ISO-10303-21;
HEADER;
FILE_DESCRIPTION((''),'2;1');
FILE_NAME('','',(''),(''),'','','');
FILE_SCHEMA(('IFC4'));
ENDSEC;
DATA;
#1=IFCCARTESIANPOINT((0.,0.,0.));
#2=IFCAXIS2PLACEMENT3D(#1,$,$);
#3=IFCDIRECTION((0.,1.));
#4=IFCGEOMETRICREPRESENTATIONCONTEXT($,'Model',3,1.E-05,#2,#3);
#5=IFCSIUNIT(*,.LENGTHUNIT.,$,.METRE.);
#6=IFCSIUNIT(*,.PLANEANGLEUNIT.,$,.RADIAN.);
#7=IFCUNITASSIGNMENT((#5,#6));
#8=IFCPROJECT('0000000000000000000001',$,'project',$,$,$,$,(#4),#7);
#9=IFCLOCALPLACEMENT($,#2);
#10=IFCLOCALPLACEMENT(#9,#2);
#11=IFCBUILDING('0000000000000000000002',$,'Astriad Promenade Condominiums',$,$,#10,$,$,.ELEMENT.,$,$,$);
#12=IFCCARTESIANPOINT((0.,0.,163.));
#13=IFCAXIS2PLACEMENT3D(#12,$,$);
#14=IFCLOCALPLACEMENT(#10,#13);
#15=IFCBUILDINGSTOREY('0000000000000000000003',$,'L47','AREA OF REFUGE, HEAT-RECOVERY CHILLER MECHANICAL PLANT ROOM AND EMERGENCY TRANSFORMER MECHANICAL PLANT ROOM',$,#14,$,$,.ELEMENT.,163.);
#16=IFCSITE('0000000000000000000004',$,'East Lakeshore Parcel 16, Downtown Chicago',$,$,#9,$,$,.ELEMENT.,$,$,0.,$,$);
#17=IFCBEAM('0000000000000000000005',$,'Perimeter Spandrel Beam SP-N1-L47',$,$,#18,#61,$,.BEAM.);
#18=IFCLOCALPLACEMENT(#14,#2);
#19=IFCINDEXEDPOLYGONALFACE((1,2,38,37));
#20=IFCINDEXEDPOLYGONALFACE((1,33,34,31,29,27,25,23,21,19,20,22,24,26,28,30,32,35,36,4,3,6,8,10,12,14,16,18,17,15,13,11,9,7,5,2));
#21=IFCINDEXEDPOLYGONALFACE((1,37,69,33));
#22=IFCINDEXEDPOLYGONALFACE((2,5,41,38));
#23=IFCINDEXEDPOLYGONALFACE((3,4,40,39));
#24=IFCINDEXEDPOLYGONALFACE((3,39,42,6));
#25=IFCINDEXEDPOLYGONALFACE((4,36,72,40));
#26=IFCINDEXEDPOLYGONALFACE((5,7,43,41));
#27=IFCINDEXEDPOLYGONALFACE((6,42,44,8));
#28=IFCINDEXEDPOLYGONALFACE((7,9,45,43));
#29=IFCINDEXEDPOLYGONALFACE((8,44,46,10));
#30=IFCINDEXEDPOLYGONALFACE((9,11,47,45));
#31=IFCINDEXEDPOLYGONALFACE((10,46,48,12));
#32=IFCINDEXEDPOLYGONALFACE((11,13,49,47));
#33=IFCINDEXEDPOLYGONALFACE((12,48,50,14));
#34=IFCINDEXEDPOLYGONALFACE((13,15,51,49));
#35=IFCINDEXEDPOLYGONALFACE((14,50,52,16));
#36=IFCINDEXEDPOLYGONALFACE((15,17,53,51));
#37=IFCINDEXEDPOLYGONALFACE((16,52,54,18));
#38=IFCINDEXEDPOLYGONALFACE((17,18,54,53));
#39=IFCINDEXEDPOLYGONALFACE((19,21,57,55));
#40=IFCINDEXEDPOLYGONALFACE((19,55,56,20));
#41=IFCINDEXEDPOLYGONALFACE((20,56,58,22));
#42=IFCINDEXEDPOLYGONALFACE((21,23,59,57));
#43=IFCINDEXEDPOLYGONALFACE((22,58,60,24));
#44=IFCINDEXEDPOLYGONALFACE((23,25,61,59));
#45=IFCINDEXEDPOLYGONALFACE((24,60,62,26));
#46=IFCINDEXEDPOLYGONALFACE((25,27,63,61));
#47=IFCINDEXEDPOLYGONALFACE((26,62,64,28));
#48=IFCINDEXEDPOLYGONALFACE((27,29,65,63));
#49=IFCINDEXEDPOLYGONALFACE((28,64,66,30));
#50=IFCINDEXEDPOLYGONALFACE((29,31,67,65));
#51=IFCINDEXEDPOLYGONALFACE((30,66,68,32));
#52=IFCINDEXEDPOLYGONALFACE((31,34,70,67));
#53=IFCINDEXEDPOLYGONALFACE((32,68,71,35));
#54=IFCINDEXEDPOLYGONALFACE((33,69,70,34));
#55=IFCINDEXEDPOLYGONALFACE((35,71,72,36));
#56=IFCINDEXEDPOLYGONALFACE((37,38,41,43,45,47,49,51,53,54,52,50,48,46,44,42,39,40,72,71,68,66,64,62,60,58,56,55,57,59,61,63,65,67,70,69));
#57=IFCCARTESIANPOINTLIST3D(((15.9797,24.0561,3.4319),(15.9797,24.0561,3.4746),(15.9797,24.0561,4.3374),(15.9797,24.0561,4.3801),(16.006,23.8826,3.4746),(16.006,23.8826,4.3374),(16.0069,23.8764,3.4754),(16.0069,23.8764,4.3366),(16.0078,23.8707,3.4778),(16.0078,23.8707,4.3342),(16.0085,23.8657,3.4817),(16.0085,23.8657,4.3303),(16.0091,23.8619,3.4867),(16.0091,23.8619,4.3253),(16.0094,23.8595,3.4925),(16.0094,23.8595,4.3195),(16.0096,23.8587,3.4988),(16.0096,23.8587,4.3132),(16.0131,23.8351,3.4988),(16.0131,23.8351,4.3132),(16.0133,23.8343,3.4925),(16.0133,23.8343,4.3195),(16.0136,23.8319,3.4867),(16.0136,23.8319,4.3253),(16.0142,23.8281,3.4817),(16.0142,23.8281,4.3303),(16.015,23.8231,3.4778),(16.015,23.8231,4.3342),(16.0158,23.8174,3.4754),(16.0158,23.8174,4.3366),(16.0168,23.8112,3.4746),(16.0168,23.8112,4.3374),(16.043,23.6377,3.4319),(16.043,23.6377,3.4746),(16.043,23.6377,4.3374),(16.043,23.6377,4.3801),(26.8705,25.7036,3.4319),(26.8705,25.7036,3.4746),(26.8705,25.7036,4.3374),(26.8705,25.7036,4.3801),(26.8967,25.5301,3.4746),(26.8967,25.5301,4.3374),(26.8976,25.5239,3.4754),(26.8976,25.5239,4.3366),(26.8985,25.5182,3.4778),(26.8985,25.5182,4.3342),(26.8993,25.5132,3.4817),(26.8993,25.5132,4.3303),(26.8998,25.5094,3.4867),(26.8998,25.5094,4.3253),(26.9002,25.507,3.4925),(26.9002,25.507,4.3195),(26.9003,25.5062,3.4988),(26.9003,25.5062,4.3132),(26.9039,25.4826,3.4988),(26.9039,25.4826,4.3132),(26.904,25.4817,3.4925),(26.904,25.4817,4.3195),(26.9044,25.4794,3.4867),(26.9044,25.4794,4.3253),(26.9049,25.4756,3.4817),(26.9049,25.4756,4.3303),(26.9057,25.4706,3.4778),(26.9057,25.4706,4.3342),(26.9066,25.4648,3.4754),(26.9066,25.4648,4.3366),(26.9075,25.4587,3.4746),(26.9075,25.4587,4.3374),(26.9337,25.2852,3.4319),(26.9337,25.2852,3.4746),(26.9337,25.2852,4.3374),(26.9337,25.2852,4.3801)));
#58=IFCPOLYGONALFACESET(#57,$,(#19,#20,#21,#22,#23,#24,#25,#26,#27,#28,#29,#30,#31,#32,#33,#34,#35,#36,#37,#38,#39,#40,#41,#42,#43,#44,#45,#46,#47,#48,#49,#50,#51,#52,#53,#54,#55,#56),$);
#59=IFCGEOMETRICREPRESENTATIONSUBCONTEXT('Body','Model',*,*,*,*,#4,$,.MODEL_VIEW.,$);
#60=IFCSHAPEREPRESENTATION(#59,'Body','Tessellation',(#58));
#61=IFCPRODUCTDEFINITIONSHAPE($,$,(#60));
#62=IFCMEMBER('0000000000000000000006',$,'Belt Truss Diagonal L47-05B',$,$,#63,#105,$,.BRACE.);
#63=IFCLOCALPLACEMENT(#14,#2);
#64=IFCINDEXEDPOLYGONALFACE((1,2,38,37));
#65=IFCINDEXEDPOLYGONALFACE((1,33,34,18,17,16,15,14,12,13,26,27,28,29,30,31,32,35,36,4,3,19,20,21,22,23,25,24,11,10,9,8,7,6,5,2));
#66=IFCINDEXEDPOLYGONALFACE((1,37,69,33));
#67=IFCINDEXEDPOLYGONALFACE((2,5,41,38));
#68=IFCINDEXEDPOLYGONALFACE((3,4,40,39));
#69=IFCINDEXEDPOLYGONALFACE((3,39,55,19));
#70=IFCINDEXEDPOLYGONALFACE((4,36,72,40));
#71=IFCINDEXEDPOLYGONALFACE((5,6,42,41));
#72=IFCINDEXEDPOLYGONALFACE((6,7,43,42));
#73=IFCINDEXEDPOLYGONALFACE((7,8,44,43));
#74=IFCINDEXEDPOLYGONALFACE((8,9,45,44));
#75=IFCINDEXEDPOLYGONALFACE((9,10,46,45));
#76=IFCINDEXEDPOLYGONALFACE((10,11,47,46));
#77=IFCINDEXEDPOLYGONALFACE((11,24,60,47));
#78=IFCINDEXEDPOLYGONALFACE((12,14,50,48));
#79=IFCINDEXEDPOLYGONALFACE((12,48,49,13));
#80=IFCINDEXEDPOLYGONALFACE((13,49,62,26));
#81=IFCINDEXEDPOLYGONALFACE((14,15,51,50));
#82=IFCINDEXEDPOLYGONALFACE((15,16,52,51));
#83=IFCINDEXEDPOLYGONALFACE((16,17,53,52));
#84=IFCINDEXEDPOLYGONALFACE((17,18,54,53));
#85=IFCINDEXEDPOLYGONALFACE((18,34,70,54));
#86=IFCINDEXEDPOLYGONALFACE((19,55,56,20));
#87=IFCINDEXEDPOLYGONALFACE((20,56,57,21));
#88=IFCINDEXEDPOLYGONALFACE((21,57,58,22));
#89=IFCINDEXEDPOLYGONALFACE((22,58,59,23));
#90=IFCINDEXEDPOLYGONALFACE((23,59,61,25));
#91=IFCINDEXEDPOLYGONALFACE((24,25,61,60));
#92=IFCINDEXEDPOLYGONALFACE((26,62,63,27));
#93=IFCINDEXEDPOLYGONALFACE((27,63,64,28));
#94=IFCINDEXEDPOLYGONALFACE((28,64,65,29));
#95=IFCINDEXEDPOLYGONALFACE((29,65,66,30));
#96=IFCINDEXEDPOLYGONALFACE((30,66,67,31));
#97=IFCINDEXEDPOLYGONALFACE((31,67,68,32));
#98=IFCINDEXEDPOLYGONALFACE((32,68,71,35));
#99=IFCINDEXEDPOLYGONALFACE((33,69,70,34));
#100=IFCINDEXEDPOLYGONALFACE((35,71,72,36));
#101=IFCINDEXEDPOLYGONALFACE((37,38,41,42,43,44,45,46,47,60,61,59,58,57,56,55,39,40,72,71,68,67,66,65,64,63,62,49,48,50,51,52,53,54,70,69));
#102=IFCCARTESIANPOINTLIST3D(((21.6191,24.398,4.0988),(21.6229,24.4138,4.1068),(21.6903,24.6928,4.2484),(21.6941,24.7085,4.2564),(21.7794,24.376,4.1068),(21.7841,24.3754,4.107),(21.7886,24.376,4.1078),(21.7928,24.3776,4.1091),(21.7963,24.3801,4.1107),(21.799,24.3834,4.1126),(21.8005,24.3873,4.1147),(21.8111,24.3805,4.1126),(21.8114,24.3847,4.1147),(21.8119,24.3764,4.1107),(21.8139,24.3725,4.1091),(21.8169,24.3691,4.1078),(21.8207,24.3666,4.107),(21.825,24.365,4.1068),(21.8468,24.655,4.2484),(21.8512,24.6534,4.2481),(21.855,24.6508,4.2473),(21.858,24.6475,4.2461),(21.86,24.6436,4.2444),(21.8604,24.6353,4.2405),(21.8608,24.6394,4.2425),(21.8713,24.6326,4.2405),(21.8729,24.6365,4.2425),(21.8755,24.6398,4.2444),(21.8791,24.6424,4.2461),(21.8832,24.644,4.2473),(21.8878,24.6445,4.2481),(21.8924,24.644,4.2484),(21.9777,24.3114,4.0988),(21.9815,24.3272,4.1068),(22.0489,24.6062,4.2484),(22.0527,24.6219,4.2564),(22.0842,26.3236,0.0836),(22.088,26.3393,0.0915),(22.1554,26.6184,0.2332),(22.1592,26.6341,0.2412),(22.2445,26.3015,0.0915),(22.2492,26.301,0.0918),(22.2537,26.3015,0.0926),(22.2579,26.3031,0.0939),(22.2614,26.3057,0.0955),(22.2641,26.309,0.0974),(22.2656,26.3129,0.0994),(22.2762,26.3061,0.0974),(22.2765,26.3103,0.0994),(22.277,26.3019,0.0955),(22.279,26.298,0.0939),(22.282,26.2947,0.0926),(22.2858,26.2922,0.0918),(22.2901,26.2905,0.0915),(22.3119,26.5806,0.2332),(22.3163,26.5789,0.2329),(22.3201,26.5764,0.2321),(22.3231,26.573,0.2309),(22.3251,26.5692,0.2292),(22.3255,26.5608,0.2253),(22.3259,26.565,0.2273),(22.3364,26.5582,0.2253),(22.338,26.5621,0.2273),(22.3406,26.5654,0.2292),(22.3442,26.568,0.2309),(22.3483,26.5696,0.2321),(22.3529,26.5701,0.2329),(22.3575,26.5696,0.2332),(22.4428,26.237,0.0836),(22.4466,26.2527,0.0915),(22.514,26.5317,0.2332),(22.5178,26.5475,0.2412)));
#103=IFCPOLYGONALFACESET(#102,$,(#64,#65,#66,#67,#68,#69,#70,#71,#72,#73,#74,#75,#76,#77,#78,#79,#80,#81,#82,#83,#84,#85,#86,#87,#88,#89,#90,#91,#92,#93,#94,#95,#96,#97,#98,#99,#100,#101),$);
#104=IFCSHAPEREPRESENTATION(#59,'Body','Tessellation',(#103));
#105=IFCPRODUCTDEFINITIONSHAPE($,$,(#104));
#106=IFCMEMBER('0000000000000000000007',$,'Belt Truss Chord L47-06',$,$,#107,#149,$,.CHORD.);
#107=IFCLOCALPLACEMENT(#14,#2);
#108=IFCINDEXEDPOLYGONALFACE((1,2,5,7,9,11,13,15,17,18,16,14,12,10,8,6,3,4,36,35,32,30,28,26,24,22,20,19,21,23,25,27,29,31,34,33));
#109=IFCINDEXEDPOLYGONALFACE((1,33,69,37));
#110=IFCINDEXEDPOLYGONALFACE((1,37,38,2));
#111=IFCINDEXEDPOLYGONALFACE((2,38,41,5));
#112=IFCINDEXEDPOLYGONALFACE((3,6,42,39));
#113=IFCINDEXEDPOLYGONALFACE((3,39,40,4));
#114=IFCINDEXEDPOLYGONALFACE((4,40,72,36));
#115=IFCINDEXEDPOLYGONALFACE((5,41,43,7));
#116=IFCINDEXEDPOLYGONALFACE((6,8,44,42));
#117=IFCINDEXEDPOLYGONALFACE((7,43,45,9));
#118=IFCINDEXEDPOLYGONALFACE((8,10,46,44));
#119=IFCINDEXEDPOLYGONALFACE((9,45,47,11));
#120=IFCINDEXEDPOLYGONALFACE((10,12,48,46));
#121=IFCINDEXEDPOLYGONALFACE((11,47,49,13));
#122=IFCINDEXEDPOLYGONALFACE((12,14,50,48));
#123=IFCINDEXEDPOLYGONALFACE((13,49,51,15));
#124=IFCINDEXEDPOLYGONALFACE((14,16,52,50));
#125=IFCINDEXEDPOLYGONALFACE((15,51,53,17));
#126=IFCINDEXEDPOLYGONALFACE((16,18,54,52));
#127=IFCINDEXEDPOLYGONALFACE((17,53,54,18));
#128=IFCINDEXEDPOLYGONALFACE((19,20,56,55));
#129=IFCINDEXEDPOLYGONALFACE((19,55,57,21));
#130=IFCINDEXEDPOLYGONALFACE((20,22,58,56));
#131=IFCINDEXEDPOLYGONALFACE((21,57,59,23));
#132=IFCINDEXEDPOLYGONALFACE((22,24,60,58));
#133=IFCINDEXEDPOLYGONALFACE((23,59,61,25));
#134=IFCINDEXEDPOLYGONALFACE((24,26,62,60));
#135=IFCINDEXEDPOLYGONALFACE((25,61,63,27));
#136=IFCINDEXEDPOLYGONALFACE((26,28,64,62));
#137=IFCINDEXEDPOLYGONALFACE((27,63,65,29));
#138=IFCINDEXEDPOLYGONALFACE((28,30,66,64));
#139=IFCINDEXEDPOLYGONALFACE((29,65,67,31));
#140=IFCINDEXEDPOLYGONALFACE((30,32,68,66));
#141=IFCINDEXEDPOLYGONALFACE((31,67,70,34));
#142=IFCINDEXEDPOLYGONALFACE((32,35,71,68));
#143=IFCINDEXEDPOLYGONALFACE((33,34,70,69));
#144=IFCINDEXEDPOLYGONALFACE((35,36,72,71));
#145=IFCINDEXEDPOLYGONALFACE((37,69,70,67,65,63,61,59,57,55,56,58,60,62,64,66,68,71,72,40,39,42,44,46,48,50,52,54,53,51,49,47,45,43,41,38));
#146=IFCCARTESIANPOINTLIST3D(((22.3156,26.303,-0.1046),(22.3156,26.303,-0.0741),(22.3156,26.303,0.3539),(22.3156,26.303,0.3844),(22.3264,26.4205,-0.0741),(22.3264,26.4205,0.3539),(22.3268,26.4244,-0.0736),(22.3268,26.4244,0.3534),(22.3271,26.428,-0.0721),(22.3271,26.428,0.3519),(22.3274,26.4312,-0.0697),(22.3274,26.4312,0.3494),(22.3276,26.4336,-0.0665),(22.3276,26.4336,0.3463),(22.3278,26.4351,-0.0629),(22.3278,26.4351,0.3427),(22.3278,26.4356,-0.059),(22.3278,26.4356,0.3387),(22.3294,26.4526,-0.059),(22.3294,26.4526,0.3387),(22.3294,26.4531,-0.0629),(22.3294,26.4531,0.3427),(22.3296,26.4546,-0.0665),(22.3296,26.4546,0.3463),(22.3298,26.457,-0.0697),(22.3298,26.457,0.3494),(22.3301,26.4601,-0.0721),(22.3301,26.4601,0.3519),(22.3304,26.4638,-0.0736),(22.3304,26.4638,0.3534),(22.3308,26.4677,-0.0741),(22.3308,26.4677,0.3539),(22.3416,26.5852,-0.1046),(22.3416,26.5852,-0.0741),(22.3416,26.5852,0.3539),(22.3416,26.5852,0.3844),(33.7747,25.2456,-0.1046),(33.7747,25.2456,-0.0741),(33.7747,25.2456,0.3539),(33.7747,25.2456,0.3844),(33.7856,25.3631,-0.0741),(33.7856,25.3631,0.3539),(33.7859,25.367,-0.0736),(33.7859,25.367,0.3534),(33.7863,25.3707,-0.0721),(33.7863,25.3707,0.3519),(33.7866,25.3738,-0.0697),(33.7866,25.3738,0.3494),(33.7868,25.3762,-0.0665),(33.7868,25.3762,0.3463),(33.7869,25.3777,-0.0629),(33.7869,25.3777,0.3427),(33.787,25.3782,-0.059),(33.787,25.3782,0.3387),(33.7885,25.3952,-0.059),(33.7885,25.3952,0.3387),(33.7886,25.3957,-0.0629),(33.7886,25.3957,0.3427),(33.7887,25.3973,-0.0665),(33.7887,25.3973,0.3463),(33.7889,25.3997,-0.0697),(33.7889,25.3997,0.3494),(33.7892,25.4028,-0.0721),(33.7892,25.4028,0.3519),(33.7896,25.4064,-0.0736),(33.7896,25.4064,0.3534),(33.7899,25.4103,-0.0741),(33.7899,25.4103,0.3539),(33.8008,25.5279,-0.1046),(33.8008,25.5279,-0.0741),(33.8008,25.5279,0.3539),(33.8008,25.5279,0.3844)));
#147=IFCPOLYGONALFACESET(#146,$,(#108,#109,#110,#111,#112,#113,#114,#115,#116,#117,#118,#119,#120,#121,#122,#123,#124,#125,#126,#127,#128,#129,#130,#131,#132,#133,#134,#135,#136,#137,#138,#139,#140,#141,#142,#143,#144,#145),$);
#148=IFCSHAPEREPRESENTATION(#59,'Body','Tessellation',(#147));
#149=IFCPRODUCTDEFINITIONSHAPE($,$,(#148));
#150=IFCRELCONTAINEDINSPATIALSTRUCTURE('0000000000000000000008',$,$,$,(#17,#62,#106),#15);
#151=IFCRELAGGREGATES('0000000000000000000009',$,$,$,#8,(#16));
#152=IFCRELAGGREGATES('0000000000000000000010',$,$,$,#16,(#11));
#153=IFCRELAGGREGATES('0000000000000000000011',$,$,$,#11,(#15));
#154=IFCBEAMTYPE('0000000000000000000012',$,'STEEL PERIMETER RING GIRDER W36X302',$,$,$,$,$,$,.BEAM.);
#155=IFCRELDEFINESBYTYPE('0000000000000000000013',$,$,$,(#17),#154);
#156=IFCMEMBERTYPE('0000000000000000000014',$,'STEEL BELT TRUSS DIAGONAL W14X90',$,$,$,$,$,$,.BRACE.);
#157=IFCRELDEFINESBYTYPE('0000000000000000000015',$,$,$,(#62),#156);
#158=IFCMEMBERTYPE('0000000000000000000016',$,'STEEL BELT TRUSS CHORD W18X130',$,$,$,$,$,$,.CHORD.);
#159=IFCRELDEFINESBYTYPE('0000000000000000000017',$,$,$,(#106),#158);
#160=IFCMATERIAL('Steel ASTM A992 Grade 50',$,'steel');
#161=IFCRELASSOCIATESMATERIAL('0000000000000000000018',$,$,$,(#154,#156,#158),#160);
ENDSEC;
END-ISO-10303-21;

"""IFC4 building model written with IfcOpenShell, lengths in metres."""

from ifc_helpers import new_model, si_unit, direction, frame, origin, origin_2d, place, context, subcontext, project, spatial, i_section, extrude, source, transform, mapped, material, material_profile, profile_set, type_object, type_shapes, element, save


model = new_model("IFC4")

# Units and contexts
model_context = context("Model", 3, precision=1e-05, world=origin(), true_north=direction((0.0, 1.0)))
body_context = subcontext(model_context, "Body", "Model", "MODEL_VIEW")
ifc_project = project(units=[si_unit("LENGTHUNIT", "METRE"), si_unit("PLANEANGLEUNIT", "RADIAN")], contexts=[model_context])

# Site, building, storey
site_placement = place(None, origin())
site = spatial("IfcSite", under=ifc_project, at=site_placement, Name="East Lakeshore Parcel 16, Downtown Chicago", CompositionType="ELEMENT", RefElevation=0.0)
building_placement = place(site_placement, origin())
building = spatial("IfcBuilding", under=site, at=building_placement, Name="Astriad Promenade Condominiums", CompositionType="ELEMENT")
storey_placement = place(building_placement, frame((0.0, 0.0, 163.0)))
storey = spatial("IfcBuildingStorey", under=building, at=storey_placement, Name="L47", Description="AREA OF REFUGE, HEAT-RECOVERY CHILLER MECHANICAL PLANT ROOM AND EMERGENCY TRANSFORMER MECHANICAL PLANT ROOM", CompositionType="ELEMENT", Elevation=163.0)

# Shared definitions
ifc_material_1 = material(Name="Steel ASTM A992 Grade 50", Category="steel")

# Beam
ifc_material_profile_1 = material_profile(ifc_material_1, i_section(OverallWidth=0.4231, OverallDepth=0.9482, WebThickness=0.0239, FlangeThickness=0.0427, FilletRadius=0.0242, at=origin_2d()), Name="W36X302")
ifc_profile_set_1 = profile_set([ifc_material_profile_1], Name="Steel ASTM A992 Grade 50")
beam_type_1 = type_object("IfcBeamType", Name="STEEL PERIMETER RING GIRDER W36X302", PredefinedType="BEAM", material=ifc_profile_set_1)
shared_shape_1 = source(origin(), body_context, "Body", "SweptSolid", [
    extrude(i_section(OverallWidth=0.4231, OverallDepth=0.9482, WebThickness=0.0239, FlangeThickness=0.0427, FilletRadius=0.0242, at=origin_2d()), origin(), (0.0, 0.0, 1.0), 11.0146),
])
type_shapes(beam_type_1, [shared_shape_1])
beam_1_placement = place(storey_placement, frame((26.9021, 25.4944, 3.906), z_axis=(-0.988751, -0.149572, 0.0), x_axis=(0.149572, -0.988751, 0.0)))
element("IfcBeam", 1, at=beam_1_placement, inside=storey, type_object=beam_type_1, Name="Perimeter Spandrel Beam SP-N1-L47", PredefinedType="BEAM", context=body_context, shape_type="MappedRepresentation", body=[
    mapped(shared_shape_1, transform((0.0, 0.0, 0.0), scale=1.0)),
])

# Members
ifc_material_profile_2 = material_profile(ifc_material_1, i_section(OverallWidth=0.3689, OverallDepth=0.3562, WebThickness=0.0112, FlangeThickness=0.0181, FilletRadius=0.0178, at=origin_2d()), Name="W14X90")
ifc_profile_set_2 = profile_set([ifc_material_profile_2], Name="Steel ASTM A992 Grade 50")
member_type_1 = type_object("IfcMemberType", Name="STEEL BELT TRUSS DIAGONAL W14X90", PredefinedType="BRACE", material=ifc_profile_set_2)
shared_shape_2 = source(origin(), body_context, "Body", "SweptSolid", [
    extrude(i_section(OverallWidth=0.3689, OverallDepth=0.3562, WebThickness=0.0112, FlangeThickness=0.0181, FilletRadius=0.0178, at=origin_2d()), origin(), (0.0, 0.0, 1.0), 4.4773),
])
member_1_placement = place(storey_placement, frame((22.301, 26.4355, 0.1624), z_axis=(-0.103879, -0.430076, 0.896796), x_axis=(0.972047, -0.234785, 0.0)))
element("IfcMember", 2, at=member_1_placement, inside=storey, type_object=member_type_1, Name="Belt Truss Diagonal L47-05B", PredefinedType="BRACE", context=body_context, shape_type="MappedRepresentation", body=[
    mapped(shared_shape_2, transform((0.0, 0.0, 0.0), scale=1.0)),
])
ifc_material_profile_3 = material_profile(ifc_material_1, i_section(OverallWidth=0.2834, OverallDepth=0.489, WebThickness=0.0171, FlangeThickness=0.0305, FilletRadius=0.0151, at=origin_2d()), Name="W18X130")
ifc_profile_set_3 = profile_set([ifc_material_profile_3], Name="Steel ASTM A992 Grade 50")
member_type_2 = type_object("IfcMemberType", Name="STEEL BELT TRUSS CHORD W18X130", PredefinedType="CHORD", material=ifc_profile_set_3)
shared_shape_3 = source(origin(), body_context, "Body", "SweptSolid", [
    extrude(i_section(OverallWidth=0.2834, OverallDepth=0.489, WebThickness=0.0171, FlangeThickness=0.0305, FilletRadius=0.0151, at=origin_2d()), origin(), (0.0, 0.0, 1.0), 11.5078),
])
type_shapes(member_type_2, [shared_shape_3])
member_2_placement = place(storey_placement, frame((22.3286, 26.4441, 0.1399), z_axis=(0.99577, -0.091882, 0.0), x_axis=(0.091882, 0.99577, 0.0)))
element("IfcMember", 3, at=member_2_placement, inside=storey, type_object=member_type_2, Name="Belt Truss Chord L47-06", PredefinedType="CHORD", context=body_context, shape_type="MappedRepresentation", body=[
    mapped(shared_shape_3, transform((0.0, 0.0, 0.0), scale=1.0)),
])

save(model, "model.ifc")
